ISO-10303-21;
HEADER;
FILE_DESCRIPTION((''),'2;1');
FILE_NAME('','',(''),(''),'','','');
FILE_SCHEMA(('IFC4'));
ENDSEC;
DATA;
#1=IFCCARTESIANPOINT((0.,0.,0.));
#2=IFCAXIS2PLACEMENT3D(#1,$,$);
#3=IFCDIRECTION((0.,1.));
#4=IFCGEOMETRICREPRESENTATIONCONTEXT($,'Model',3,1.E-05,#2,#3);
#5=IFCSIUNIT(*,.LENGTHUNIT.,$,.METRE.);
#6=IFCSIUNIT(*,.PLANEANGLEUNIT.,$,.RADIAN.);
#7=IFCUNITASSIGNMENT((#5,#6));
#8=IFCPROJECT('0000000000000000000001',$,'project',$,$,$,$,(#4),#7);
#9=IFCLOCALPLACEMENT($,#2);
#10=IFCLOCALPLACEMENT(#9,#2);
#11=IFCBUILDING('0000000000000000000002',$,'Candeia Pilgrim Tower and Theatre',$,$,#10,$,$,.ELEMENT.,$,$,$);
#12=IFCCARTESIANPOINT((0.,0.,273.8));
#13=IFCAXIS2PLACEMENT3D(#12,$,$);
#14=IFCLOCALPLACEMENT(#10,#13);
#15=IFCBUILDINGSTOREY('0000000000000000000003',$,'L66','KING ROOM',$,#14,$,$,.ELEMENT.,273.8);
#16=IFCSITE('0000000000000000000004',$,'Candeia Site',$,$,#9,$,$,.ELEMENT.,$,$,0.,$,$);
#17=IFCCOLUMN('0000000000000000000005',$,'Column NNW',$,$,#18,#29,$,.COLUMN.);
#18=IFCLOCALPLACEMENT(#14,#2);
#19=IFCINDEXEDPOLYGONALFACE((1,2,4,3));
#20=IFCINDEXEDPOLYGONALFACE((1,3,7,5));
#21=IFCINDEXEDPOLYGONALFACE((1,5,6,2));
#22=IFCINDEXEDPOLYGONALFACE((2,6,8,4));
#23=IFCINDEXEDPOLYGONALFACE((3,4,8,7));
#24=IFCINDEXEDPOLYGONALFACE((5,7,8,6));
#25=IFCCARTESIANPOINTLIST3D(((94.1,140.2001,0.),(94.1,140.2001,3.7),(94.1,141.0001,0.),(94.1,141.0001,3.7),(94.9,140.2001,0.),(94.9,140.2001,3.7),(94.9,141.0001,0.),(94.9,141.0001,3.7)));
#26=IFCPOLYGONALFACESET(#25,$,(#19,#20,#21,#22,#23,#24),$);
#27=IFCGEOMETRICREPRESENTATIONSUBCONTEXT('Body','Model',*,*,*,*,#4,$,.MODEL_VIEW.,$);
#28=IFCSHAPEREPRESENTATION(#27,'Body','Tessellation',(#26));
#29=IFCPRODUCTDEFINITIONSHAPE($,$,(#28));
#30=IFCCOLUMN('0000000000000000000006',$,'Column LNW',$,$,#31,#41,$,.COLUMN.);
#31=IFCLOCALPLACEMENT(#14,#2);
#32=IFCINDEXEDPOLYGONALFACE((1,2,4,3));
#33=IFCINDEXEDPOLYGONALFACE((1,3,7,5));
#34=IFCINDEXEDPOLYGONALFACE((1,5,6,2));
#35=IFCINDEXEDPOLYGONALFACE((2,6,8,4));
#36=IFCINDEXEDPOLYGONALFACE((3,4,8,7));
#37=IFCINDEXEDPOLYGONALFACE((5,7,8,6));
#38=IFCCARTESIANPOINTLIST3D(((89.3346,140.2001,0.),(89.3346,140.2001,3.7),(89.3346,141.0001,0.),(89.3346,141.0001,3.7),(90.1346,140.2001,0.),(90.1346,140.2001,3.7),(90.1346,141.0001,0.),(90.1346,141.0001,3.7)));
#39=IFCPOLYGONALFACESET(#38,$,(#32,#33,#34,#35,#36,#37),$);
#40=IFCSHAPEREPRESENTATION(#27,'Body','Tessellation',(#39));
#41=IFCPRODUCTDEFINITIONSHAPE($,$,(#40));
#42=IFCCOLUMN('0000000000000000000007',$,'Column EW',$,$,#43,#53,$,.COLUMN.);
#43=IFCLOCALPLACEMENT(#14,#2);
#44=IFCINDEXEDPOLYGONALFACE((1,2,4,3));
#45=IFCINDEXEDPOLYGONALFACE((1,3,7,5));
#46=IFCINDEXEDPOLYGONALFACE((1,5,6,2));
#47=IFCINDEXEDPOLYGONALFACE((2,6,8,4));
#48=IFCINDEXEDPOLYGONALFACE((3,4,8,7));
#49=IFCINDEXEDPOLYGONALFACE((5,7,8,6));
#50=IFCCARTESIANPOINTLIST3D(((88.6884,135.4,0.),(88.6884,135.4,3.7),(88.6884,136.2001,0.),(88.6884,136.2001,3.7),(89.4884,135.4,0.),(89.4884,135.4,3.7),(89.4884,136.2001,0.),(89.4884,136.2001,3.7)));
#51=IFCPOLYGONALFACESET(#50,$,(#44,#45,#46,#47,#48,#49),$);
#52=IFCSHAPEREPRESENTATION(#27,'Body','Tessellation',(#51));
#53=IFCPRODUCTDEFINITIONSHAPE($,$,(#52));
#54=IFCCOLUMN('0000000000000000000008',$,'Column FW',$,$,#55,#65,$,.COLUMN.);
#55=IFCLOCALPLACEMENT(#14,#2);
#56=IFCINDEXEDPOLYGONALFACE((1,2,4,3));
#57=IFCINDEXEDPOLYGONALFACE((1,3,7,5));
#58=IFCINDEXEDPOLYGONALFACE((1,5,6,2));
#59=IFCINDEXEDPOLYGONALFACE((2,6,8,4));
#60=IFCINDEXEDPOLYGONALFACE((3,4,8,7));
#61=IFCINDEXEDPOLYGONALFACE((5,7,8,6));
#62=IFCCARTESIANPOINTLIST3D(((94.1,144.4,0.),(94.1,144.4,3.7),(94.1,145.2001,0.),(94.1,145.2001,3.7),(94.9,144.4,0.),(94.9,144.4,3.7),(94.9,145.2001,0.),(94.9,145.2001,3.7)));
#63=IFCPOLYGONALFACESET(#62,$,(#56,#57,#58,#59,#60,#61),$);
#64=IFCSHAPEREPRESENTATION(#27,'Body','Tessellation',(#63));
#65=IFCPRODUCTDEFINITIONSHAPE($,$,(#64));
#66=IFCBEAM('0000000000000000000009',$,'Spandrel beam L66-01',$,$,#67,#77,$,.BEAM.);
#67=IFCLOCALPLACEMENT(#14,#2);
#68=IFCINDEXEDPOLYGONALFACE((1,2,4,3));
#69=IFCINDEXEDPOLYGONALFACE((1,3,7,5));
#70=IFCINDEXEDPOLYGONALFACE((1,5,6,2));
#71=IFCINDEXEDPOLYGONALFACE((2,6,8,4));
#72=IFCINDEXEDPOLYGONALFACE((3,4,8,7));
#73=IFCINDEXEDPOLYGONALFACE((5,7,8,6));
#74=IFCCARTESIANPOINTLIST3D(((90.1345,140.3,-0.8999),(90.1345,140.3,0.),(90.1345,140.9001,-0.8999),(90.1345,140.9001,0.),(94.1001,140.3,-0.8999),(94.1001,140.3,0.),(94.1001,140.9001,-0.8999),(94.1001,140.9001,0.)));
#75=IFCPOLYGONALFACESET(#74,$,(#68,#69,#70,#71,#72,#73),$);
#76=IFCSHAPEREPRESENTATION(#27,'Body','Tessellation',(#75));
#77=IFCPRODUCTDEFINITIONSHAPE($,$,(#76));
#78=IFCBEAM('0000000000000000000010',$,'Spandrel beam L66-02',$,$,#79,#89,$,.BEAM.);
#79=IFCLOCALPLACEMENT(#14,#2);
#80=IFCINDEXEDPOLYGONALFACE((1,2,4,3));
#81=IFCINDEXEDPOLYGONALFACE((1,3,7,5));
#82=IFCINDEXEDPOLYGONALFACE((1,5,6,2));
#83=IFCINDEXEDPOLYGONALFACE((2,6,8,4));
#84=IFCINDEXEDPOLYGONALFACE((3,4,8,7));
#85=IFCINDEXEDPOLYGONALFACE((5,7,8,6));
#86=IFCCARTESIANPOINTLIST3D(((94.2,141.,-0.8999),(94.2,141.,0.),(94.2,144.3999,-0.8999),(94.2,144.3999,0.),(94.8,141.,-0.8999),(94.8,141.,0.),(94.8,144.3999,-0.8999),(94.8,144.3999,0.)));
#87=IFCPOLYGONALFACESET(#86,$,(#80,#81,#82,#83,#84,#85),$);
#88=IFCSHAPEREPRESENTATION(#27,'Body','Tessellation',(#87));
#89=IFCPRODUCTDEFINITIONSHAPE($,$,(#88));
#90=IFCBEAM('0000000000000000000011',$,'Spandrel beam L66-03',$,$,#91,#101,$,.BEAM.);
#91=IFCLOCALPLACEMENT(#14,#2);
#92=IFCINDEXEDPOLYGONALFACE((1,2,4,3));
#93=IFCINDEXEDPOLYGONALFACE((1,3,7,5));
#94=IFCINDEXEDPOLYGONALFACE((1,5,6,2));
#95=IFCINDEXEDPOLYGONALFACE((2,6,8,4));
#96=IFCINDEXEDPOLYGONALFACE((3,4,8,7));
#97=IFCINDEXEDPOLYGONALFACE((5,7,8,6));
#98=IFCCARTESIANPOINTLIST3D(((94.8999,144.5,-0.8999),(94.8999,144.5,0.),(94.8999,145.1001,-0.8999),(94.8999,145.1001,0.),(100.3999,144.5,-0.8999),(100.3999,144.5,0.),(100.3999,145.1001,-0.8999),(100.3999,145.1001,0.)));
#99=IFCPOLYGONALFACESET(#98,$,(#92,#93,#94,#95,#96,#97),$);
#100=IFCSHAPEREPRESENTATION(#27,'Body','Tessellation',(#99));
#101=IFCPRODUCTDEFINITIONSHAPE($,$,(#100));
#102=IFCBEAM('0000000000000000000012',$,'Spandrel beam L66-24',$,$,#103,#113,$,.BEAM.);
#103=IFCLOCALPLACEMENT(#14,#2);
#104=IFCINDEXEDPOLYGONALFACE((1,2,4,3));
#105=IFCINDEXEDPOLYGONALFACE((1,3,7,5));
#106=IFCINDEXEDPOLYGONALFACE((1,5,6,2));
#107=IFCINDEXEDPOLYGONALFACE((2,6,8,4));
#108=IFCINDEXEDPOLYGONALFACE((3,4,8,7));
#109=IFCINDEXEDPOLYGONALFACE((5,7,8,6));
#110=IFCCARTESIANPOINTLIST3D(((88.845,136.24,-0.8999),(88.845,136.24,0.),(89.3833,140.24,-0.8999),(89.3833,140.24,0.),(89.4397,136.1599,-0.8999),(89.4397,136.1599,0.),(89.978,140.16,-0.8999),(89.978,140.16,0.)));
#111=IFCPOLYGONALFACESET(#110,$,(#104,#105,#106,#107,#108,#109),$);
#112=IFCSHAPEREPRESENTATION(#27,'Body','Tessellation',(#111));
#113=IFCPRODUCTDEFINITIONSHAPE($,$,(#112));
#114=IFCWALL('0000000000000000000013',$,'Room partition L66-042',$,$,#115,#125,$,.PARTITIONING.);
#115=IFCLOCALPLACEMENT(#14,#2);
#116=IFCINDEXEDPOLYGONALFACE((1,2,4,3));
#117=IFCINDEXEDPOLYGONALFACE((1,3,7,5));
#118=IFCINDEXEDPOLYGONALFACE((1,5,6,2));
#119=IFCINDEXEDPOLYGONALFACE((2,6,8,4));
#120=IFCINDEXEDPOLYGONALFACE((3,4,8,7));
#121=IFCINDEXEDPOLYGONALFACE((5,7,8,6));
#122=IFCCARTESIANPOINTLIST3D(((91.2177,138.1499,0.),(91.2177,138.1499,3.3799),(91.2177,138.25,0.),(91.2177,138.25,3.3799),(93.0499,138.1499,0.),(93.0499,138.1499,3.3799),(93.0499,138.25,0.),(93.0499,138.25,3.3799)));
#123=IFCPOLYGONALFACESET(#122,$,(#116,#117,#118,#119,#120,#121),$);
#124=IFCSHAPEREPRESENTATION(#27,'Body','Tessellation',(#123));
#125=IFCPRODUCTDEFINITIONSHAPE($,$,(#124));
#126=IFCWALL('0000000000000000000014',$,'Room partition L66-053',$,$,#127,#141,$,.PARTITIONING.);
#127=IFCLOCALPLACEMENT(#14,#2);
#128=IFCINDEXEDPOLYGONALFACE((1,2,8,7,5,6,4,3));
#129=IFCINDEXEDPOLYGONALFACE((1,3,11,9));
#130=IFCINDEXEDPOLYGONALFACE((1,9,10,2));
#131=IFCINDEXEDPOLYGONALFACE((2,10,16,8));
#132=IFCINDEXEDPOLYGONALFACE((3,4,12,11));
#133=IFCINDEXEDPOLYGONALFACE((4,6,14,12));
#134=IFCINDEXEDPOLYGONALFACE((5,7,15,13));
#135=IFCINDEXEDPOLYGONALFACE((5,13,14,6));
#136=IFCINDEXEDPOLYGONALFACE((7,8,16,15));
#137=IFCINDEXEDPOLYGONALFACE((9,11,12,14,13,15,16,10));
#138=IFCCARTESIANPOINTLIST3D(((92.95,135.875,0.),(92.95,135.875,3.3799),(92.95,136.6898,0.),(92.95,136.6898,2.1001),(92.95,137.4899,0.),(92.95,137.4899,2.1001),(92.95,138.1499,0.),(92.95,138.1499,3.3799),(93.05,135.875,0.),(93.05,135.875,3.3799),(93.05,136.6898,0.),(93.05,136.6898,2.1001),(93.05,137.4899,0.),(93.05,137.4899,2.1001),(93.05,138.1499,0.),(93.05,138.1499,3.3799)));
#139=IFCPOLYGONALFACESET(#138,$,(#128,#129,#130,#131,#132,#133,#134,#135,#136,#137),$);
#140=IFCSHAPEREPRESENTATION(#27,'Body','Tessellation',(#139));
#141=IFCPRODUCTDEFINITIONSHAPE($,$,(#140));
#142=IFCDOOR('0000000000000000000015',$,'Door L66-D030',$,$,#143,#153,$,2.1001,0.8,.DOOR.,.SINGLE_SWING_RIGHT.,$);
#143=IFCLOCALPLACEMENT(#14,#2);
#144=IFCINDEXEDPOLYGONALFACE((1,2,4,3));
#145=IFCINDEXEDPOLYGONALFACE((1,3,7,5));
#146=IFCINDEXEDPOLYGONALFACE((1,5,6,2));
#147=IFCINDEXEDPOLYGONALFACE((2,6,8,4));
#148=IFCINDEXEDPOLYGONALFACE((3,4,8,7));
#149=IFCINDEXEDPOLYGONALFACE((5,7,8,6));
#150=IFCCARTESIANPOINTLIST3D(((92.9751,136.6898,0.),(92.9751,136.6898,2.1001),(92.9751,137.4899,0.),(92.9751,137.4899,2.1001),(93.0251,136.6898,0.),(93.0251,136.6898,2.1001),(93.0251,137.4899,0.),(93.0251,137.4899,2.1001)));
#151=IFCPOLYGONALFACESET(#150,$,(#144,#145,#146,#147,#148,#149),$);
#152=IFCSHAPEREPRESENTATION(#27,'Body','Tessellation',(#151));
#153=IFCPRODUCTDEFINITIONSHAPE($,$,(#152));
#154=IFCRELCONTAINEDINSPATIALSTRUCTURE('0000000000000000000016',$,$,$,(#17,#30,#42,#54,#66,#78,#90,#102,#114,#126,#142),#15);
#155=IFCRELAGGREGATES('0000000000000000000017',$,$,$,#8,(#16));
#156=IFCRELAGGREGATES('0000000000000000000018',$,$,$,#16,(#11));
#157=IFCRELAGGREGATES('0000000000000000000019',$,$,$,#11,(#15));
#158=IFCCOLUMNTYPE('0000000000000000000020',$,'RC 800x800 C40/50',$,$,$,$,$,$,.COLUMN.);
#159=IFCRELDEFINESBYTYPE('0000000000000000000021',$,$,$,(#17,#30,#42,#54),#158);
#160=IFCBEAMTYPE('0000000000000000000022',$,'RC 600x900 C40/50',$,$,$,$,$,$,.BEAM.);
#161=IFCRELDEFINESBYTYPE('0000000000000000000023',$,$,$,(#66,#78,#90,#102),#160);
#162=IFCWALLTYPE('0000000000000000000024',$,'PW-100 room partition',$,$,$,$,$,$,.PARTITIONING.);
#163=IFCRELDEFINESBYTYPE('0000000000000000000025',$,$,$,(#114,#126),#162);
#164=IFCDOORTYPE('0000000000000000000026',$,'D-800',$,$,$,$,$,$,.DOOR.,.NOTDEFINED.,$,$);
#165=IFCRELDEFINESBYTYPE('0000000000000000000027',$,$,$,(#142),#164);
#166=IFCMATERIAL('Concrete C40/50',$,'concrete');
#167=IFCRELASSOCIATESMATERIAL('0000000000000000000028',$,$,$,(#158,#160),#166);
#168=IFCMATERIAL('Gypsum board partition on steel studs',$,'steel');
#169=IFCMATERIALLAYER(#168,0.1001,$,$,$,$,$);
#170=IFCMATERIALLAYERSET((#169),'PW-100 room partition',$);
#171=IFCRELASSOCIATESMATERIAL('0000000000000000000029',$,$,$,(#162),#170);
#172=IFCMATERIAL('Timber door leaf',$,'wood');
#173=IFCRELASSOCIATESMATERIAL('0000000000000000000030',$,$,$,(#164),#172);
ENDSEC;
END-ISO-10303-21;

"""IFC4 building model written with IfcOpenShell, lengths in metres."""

from ifc_helpers import new_model, si_unit, direction, frame, frame_2d, origin, origin_2d, place, context, subcontext, project, spatial, rectangle, extrude, material, layer, layer_set, material_profile, profile_set, type_object, element, fill, save


model = new_model("IFC4")

# Units and contexts
model_context = context("Model", 3, precision=1e-05, world=origin(), true_north=direction((0.0, 1.0)))
body_context = subcontext(model_context, "Body", "Model", "MODEL_VIEW")
ifc_project = project(units=[si_unit("LENGTHUNIT", "METRE"), si_unit("PLANEANGLEUNIT", "RADIAN")], contexts=[model_context])

# Site, building, storey
site_placement = place(None, origin())
site = spatial("IfcSite", under=ifc_project, at=site_placement, Name="Candeia Site", CompositionType="ELEMENT", RefElevation=0.0)
building_placement = place(site_placement, origin())
building = spatial("IfcBuilding", under=site, at=building_placement, Name="Candeia Pilgrim Tower and Theatre", CompositionType="ELEMENT")
storey_placement = place(building_placement, frame((0.0, 0.0, 273.8)))
storey = spatial("IfcBuildingStorey", under=building, at=storey_placement, Name="L66", Description="KING ROOM", CompositionType="ELEMENT", Elevation=273.8)

# Columns
ifc_material_1 = material(Name="Concrete C40/50", Category="concrete")
ifc_material_profile_1 = material_profile(ifc_material_1, rectangle(XDim=0.8, YDim=0.8, at=origin_2d()))
ifc_profile_set_1 = profile_set([ifc_material_profile_1], Name="Concrete C40/50")
column_type = type_object("IfcColumnType", Name="RC 800x800 C40/50", PredefinedType="COLUMN", material=ifc_profile_set_1)
for number, where, z_axis, x_axis, name in (
    (1, (94.5, 140.6001, 0.0), (0.0, 0.0, 1.0), (1.0, 0.0, 0.0), "Column NNW"),
    (2, (89.7346, 140.6001, 0.0), (0.0, 0.0, 1.0), (1.0, 0.0, 0.0), "Column LNW"),
    (3, (89.0884, 135.8, 0.0), (0.0, 0.0, 1.0), (1.0, 0.0, 0.0), "Column EW"),
    (4, (94.5, 144.8, 0.0), (0.0, 0.0, 1.0), (1.0, 0.0, 0.0), "Column FW"),
):
    element("IfcColumn", number, at=place(storey_placement, frame(where, z_axis=z_axis, x_axis=x_axis)), inside=storey, type_object=column_type, Name=name, PredefinedType="COLUMN", context=body_context, shape_type="SweptSolid", body=[
        extrude(rectangle(XDim=0.8, YDim=0.8, at=origin_2d()), origin(), (0.0, 0.0, 1.0), 3.7),
    ])

# Beams
ifc_material_profile_2 = material_profile(ifc_material_1, rectangle(XDim=0.6001, YDim=0.8999, at=origin_2d()))
ifc_profile_set_2 = profile_set([ifc_material_profile_2], Name="Concrete C40/50")
beam_type = type_object("IfcBeamType", Name="RC 600x900 C40/50", PredefinedType="BEAM", material=ifc_profile_set_2)
beam_1_placement = place(storey_placement, frame((90.1345, 140.6001, -0.45), z_axis=(1.0, 0.0, 0.0), x_axis=(0.0, 1.0, 0.0)))
element("IfcBeam", 5, at=beam_1_placement, inside=storey, type_object=beam_type, Name="Spandrel beam L66-01", PredefinedType="BEAM", context=body_context, shape_type="SweptSolid", body=[
    extrude(rectangle(XDim=0.6001, YDim=0.8999, at=origin_2d()), origin(), (0.0, 0.0, 1.0), 3.9656),
])
beam_2_placement = place(storey_placement, frame((94.5, 141.0, -0.45), z_axis=(0.0, 1.0, 0.0), x_axis=(-1.0, 0.0, 0.0)))
element("IfcBeam", 6, at=beam_2_placement, inside=storey, type_object=beam_type, Name="Spandrel beam L66-02", PredefinedType="BEAM", context=body_context, shape_type="SweptSolid", body=[
    extrude(rectangle(XDim=0.6001, YDim=0.8999, at=origin_2d()), origin(), (0.0, 0.0, 1.0), 3.3999),
])
beam_3_placement = place(storey_placement, frame((94.8999, 144.8, -0.45), z_axis=(1.0, 0.0, 0.0), x_axis=(0.0, 1.0, 0.0)))
element("IfcBeam", 7, at=beam_3_placement, inside=storey, type_object=beam_type, Name="Spandrel beam L66-03", PredefinedType="BEAM", context=body_context, shape_type="SweptSolid", body=[
    extrude(rectangle(XDim=0.6001, YDim=0.8999, at=origin_2d()), origin(), (0.0, 0.0, 1.0), 5.5),
])
beam_4_placement = place(storey_placement, frame((89.1423, 136.2, -0.45), z_axis=(0.13338, 0.991065, 0.0), x_axis=(-0.991065, 0.13338, 0.0)))
element("IfcBeam", 8, at=beam_4_placement, inside=storey, type_object=beam_type, Name="Spandrel beam L66-24", PredefinedType="BEAM", context=body_context, shape_type="SweptSolid", body=[
    extrude(rectangle(XDim=0.6001, YDim=0.8999, at=origin_2d()), origin(), (0.0, 0.0, 1.0), 4.0361),
])

# Wall
ifc_material_2 = material(Name="Gypsum board partition on steel studs", Category="steel")
ifc_layer_1 = layer(ifc_material_2, 0.1001)
ifc_layer_set_1 = layer_set([ifc_layer_1], Name="PW-100 room partition")
wall_type_1 = type_object("IfcWallType", Name="PW-100 room partition", PredefinedType="PARTITIONING", material=ifc_layer_set_1)
wall_1_placement = place(storey_placement, frame((91.2178, 138.2, 0.0), z_axis=(0.0, 0.0, 1.0), x_axis=(1.0, 0.0, 0.0)))
element("IfcWall", 9, at=wall_1_placement, inside=storey, type_object=wall_type_1, Name="Room partition L66-042", PredefinedType="PARTITIONING", context=body_context, shape_type="SweptSolid", body=[
    extrude(rectangle(XDim=1.8323, YDim=0.1001, at=frame_2d((0.916, 0.0))), origin(), (0.0, 0.0, 1.0), 3.3799),
])

# Wall, opening, door
wall_2_placement = place(storey_placement, frame((93.0, 135.875, 0.0), z_axis=(0.0, 0.0, 1.0), x_axis=(0.0, 1.0, 0.0)))
wall_2 = element("IfcWall", 10, at=wall_2_placement, inside=storey, type_object=wall_type_1, Name="Room partition L66-053", PredefinedType="PARTITIONING", context=body_context, shape_type="SweptSolid", body=[
    extrude(rectangle(XDim=2.2749, YDim=0.1001, at=frame_2d((1.1375, 0.0))), origin(), (0.0, 0.0, 1.0), 3.3799),
])
opening_1_placement = place(wall_2_placement, frame((0.8149, 0.0, 0.0)))
opening_1 = element("IfcOpeningElement", 11, at=opening_1_placement, cuts=wall_2, PredefinedType="OPENING", context=body_context, shape_type="SweptSolid", body=[
    extrude(rectangle(XDim=0.8, YDim=2.1001, at=frame_2d((0.3999, 1.05))), frame((0.0, 0.0601, 0.0), z_axis=(0.0, -1.0, 0.0), x_axis=(1.0, 0.0, 0.0)), (0.0, 0.0, 1.0), 0.1201),
])
ifc_material_3 = material(Name="Timber door leaf", Category="wood")
door_type_1 = type_object("IfcDoorType", Name="D-800", OperationType="NOTDEFINED", PredefinedType="DOOR", material=ifc_material_3)
door_1_placement = place(opening_1_placement, origin())
door_1 = element("IfcDoor", 12, at=door_1_placement, inside=storey, type_object=door_type_1, Name="Door L66-D030", OperationType="SINGLE_SWING_RIGHT", OverallHeight=2.1001, OverallWidth=0.8, PredefinedType="DOOR", context=body_context, shape_type="SweptSolid", body=[
    extrude(rectangle(XDim=0.8, YDim=2.1001, at=frame_2d((0.3999, 1.05))), frame((0.0, 0.0249, 0.0), z_axis=(0.0, -1.0, 0.0), x_axis=(1.0, 0.0, 0.0)), (0.0, 0.0, 1.0), 0.05),
])
fill(opening_1, door_1)

save(model, "model.ifc")
